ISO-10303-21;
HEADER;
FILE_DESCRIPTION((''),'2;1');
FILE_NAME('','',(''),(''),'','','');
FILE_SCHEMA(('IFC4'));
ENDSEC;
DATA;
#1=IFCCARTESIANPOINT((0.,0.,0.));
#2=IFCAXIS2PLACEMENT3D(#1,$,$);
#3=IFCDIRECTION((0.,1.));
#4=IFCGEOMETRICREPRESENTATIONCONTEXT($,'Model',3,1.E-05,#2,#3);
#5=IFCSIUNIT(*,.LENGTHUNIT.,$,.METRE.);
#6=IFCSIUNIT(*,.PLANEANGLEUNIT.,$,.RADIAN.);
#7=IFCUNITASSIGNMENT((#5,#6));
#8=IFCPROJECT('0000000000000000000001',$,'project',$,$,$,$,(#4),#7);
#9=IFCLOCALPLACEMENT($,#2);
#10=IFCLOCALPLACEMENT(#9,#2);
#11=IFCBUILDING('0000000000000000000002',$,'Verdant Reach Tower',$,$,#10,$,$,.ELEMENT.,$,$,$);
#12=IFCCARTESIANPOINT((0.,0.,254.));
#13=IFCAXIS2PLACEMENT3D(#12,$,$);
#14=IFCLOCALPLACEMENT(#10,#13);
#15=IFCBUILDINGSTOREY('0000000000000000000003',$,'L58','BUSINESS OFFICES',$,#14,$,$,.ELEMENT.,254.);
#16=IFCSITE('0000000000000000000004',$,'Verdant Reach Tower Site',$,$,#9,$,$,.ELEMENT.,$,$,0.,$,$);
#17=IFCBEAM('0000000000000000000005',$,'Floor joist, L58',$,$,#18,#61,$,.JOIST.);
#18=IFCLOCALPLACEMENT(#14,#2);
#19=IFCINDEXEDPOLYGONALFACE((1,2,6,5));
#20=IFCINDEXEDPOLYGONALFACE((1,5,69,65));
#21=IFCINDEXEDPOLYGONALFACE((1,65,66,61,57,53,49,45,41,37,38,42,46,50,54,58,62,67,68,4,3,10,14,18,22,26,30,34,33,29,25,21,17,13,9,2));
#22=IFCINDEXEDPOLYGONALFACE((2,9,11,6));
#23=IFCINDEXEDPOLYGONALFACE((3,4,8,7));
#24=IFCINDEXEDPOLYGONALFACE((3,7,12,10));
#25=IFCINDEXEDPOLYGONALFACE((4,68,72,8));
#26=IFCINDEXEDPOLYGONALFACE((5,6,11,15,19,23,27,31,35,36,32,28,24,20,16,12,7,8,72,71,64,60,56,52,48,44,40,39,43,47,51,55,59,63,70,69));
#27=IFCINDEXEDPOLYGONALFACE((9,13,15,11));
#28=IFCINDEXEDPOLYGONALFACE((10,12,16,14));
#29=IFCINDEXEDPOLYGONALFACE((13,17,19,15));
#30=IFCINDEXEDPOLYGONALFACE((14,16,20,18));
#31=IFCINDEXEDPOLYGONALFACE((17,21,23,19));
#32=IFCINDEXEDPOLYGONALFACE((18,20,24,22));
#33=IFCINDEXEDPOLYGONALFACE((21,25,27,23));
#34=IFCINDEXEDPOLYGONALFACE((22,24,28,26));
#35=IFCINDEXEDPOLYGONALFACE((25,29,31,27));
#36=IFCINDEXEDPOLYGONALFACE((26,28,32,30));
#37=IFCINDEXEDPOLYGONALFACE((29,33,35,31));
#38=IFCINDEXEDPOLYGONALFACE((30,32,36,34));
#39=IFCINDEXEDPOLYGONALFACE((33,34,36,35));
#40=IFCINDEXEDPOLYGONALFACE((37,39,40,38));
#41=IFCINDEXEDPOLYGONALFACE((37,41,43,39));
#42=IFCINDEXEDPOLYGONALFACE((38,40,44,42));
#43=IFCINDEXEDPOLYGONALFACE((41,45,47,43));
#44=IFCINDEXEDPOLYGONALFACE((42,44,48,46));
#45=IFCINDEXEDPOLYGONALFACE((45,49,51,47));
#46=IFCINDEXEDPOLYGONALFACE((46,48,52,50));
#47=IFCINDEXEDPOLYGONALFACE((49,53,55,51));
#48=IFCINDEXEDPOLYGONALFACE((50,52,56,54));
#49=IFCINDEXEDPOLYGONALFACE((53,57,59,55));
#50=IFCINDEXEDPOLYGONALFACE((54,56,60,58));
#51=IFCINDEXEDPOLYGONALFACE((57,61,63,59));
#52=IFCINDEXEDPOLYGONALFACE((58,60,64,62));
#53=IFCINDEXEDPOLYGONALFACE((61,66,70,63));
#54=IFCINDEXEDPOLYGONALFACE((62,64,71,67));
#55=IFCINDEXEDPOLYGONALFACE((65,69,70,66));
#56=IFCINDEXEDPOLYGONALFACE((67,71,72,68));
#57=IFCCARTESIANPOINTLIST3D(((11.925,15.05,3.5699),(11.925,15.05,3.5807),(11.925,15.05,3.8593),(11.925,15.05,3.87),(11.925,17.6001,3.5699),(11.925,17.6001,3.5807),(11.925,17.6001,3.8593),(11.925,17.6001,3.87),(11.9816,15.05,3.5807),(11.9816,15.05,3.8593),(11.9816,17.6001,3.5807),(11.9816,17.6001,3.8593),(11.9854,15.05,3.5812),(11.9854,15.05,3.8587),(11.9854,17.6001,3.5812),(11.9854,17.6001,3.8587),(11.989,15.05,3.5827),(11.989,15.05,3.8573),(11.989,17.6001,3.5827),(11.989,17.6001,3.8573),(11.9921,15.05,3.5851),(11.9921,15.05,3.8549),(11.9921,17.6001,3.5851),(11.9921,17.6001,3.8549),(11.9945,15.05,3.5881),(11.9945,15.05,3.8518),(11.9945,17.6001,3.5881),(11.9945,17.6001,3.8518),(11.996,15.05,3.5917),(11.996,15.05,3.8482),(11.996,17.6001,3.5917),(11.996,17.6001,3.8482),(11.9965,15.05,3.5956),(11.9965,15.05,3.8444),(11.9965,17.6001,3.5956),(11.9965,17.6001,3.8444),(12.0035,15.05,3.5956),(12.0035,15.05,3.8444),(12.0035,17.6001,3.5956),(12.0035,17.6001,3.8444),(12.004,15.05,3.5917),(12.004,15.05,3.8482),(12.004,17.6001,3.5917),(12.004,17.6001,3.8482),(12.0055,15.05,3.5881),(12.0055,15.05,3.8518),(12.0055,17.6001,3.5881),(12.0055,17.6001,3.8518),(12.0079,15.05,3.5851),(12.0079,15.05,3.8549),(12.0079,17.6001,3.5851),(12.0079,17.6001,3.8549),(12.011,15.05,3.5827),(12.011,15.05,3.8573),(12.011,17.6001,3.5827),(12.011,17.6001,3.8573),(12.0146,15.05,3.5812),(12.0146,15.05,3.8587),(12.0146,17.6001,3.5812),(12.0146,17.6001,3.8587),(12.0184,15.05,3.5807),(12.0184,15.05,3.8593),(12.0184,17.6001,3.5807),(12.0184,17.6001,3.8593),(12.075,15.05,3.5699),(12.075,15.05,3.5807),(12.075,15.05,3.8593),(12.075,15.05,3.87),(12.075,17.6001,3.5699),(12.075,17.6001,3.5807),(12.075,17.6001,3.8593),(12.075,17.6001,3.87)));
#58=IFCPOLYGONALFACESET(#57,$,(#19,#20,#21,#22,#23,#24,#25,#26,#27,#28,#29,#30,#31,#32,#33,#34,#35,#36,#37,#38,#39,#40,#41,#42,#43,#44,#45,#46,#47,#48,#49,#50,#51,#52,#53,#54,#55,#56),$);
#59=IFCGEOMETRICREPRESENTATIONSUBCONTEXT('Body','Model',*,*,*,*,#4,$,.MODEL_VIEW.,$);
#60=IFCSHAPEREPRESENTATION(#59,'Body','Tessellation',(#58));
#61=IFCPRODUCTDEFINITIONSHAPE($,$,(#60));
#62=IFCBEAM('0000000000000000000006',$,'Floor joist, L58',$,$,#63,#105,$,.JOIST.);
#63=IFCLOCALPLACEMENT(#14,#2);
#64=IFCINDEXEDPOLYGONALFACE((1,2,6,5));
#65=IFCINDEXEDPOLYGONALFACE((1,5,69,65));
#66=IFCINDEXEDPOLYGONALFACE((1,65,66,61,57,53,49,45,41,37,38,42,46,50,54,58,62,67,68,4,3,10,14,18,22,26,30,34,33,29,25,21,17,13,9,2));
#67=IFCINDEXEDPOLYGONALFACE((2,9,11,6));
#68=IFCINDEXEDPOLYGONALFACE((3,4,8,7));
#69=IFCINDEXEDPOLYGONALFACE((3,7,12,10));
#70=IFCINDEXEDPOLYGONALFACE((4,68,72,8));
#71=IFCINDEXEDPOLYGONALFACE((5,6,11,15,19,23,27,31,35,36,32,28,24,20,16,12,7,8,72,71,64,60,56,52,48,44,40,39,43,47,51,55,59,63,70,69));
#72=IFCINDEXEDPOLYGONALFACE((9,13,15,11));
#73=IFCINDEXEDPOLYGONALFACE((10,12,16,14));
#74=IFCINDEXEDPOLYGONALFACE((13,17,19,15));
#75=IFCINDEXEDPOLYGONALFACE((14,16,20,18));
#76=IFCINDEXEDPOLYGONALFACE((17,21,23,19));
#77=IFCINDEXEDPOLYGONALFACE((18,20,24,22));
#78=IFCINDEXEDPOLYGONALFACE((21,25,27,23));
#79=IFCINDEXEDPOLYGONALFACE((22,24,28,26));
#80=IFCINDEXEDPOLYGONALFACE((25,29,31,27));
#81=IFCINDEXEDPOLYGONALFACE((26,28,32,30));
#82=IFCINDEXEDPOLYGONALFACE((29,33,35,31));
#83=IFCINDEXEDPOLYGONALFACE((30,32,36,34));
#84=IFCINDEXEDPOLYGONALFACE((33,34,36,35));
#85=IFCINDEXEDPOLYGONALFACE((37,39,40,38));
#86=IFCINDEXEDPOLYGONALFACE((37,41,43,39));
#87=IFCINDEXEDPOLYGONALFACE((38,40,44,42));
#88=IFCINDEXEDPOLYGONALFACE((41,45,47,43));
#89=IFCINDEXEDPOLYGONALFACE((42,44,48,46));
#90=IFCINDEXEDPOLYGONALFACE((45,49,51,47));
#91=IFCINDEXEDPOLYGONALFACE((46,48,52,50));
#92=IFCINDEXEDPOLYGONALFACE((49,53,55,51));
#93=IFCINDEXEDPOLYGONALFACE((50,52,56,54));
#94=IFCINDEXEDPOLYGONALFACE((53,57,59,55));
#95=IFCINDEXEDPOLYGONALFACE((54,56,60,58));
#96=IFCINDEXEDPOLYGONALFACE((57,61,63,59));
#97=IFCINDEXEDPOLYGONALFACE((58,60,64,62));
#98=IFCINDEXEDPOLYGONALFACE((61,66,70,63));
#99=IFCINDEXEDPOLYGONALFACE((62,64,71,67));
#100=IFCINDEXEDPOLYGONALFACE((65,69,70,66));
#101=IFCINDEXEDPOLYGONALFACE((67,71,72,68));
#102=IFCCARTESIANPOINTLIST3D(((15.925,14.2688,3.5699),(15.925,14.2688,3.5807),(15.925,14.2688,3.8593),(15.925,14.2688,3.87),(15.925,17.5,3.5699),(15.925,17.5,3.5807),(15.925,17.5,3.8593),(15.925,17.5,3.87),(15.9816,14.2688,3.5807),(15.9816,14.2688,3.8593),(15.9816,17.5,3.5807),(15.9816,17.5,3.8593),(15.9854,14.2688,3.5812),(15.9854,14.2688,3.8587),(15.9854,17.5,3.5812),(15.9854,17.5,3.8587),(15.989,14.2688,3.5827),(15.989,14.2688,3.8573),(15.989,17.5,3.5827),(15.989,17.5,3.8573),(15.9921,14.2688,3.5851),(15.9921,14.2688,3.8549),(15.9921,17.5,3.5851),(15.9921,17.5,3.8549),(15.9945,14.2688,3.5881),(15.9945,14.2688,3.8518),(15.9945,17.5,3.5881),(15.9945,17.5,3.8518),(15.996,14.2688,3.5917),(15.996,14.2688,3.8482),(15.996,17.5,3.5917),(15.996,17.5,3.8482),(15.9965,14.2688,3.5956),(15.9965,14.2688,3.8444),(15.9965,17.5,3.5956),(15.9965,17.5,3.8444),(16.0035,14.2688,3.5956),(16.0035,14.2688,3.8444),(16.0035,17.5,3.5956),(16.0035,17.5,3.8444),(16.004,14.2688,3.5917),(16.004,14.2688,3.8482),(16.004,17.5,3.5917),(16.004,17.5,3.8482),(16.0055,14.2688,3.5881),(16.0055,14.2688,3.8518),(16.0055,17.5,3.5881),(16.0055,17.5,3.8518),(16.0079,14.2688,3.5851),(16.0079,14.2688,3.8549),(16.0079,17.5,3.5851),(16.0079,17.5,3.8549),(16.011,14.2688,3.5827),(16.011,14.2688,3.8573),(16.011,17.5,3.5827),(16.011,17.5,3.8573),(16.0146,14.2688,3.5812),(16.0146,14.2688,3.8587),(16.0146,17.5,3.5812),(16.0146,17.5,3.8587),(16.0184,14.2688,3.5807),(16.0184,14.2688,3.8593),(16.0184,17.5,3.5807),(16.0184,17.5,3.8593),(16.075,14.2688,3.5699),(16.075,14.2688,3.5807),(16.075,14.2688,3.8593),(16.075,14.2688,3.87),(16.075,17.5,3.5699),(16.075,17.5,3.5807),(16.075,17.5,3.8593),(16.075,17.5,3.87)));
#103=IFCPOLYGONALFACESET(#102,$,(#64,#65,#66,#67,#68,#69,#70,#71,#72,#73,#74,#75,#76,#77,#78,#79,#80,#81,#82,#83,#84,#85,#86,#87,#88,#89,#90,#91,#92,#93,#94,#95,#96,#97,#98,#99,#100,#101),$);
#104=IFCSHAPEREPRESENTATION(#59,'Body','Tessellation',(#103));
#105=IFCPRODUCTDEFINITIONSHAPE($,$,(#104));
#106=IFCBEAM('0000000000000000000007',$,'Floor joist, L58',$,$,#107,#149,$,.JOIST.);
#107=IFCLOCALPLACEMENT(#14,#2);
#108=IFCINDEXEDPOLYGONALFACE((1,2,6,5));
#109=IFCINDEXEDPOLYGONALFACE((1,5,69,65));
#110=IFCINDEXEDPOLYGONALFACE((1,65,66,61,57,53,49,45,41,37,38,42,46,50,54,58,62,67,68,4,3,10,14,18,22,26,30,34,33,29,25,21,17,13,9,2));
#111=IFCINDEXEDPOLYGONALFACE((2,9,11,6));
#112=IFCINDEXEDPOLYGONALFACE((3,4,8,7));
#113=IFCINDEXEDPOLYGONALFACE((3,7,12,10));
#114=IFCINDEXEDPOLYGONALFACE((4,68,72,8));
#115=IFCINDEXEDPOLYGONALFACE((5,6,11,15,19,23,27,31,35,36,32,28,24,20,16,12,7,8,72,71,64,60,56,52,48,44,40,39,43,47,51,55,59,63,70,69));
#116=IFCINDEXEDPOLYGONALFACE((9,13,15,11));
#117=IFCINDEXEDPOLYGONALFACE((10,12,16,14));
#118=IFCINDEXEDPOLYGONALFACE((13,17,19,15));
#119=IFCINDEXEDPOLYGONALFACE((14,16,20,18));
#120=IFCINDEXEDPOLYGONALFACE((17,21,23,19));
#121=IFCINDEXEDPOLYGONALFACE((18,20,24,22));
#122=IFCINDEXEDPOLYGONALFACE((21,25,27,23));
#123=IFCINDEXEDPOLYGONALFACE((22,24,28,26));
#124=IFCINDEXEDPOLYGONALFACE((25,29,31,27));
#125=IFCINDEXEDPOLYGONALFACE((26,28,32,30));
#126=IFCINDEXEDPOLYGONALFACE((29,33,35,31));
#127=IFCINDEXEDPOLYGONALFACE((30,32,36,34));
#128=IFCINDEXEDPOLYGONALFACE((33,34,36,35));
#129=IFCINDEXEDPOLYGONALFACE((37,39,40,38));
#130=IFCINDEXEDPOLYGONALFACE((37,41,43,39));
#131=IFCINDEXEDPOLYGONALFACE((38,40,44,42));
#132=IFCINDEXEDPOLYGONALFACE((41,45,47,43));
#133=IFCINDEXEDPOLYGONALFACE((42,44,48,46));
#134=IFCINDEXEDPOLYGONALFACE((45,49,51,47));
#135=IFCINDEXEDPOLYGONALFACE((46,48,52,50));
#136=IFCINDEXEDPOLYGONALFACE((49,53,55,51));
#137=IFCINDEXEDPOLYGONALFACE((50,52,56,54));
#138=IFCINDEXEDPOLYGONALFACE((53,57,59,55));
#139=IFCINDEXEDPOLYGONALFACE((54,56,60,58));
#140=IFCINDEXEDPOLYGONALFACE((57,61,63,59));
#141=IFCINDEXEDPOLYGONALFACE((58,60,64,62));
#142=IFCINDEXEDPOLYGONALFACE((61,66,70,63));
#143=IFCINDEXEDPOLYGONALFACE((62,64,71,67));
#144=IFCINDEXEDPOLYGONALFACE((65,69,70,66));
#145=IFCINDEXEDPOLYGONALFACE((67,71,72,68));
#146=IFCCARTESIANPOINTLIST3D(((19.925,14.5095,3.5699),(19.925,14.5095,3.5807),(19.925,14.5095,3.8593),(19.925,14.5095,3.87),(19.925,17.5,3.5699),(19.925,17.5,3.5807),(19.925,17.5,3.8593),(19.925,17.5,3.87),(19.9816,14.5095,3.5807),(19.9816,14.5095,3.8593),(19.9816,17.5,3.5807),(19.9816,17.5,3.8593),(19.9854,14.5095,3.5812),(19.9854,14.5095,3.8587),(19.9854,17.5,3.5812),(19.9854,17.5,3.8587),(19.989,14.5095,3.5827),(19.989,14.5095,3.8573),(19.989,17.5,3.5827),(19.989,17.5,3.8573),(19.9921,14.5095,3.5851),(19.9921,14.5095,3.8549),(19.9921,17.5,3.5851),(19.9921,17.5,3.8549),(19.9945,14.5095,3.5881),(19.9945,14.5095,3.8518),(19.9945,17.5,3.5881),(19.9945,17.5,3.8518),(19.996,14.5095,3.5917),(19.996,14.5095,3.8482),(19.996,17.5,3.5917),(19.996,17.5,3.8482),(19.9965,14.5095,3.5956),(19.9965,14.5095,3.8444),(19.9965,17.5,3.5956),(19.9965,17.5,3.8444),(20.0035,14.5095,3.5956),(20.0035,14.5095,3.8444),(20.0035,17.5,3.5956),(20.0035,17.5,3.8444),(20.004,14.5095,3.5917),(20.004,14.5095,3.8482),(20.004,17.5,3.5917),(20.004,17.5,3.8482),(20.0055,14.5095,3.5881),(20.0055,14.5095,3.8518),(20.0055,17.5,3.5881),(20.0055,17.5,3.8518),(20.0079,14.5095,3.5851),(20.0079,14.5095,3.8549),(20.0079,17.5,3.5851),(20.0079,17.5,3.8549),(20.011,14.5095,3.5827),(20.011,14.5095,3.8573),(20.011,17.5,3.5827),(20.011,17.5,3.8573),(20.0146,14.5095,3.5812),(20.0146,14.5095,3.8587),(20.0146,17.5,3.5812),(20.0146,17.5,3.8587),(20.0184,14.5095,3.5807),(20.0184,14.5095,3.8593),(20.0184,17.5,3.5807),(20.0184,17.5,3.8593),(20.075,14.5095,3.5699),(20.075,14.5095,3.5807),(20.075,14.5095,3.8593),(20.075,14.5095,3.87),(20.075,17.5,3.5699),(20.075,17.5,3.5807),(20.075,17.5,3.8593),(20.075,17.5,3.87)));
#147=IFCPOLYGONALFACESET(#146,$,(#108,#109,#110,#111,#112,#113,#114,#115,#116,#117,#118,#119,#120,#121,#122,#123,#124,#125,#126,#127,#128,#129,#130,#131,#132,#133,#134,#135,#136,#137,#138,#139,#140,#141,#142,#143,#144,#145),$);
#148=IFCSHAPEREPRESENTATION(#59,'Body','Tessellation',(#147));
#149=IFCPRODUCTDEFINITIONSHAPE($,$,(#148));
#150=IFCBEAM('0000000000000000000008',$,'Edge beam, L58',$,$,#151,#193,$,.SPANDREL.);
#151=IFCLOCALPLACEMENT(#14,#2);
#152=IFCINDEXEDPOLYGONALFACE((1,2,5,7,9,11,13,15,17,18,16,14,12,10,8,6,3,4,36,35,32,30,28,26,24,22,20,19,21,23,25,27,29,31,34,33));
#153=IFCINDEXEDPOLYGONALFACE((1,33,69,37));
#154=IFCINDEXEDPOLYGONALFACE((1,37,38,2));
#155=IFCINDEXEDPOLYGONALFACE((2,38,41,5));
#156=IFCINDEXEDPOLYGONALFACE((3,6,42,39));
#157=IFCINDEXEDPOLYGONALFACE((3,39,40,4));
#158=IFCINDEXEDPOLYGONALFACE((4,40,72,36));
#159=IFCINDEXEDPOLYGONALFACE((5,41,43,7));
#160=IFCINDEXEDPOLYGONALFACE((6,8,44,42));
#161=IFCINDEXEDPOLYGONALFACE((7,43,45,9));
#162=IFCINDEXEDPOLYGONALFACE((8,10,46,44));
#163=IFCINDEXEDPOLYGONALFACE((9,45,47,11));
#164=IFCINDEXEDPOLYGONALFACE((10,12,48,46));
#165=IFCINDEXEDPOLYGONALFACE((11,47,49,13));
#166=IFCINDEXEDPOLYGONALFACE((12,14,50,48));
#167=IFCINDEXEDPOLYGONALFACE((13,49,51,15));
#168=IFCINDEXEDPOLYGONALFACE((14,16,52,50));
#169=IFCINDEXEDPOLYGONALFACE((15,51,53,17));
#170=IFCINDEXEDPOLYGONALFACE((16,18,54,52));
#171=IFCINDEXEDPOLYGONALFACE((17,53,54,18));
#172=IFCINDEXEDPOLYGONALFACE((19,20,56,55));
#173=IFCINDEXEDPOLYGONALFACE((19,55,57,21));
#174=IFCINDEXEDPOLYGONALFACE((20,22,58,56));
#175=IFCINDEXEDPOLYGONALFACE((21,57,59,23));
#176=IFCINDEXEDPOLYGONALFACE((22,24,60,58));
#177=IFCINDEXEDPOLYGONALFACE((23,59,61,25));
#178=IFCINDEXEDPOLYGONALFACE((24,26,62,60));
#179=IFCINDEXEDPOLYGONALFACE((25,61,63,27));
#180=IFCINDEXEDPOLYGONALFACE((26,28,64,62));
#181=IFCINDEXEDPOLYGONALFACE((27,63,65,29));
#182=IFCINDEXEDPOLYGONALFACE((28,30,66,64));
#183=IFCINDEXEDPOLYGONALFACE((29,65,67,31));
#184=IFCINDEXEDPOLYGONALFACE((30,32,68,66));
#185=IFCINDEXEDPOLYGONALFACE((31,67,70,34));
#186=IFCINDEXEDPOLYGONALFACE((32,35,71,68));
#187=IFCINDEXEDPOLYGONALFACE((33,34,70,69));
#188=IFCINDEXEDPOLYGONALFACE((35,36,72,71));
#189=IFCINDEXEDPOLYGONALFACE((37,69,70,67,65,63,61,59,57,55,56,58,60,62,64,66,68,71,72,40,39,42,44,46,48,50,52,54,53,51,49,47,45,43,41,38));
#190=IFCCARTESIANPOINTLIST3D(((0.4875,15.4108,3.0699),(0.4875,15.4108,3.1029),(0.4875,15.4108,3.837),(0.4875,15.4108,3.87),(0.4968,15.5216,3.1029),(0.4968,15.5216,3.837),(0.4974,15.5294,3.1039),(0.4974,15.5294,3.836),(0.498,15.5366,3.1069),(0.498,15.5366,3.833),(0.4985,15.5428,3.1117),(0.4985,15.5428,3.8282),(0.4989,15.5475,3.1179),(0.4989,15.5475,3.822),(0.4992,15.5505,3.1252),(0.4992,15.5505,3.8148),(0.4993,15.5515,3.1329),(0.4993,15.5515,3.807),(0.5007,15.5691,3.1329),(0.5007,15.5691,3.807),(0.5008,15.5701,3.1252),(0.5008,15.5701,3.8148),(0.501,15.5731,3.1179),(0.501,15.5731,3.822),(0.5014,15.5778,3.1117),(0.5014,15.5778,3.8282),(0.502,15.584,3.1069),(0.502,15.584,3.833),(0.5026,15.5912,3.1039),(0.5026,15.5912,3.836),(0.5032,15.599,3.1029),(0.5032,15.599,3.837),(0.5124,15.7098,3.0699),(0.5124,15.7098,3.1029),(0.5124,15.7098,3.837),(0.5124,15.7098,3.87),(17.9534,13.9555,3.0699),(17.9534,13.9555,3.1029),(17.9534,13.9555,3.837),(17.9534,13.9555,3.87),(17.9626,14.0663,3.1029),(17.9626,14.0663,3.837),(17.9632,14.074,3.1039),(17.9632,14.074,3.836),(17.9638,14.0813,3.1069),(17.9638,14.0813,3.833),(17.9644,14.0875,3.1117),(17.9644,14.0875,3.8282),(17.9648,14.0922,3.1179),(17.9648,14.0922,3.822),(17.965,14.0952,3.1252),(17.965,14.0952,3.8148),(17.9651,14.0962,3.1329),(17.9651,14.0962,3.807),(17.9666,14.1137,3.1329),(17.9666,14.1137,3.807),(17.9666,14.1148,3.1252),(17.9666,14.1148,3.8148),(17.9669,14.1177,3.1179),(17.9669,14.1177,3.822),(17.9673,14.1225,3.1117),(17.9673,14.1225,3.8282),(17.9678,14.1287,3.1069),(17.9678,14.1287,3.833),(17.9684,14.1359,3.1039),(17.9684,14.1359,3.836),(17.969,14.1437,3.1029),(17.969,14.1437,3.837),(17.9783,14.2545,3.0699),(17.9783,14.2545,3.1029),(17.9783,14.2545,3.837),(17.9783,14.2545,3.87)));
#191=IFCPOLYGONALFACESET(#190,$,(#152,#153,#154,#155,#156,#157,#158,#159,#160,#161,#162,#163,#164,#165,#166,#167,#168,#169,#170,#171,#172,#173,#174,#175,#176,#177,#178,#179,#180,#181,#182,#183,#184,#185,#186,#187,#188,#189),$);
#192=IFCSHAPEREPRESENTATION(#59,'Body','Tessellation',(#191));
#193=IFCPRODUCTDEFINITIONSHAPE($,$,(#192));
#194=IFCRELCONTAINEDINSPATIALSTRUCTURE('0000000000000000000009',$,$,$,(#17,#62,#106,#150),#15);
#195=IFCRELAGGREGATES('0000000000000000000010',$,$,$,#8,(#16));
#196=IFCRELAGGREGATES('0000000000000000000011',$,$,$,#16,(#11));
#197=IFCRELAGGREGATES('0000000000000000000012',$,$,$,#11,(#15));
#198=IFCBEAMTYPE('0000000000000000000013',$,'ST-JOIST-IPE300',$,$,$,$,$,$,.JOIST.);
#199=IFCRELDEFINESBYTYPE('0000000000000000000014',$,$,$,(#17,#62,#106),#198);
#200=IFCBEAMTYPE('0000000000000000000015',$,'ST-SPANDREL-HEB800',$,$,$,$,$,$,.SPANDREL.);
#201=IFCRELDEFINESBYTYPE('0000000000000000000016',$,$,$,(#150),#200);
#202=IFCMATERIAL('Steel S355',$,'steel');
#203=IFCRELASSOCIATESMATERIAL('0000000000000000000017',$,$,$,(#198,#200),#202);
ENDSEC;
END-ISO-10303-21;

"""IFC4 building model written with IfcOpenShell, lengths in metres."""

from ifc_helpers import new_model, si_unit, direction, frame, origin, origin_2d, place, context, subcontext, project, spatial, i_section, extrude, material, material_profile, profile_set, type_object, element, save


model = new_model("IFC4")

# Units and contexts
model_context = context("Model", 3, precision=1e-05, world=origin(), true_north=direction((0.0, 1.0)))
body_context = subcontext(model_context, "Body", "Model", "MODEL_VIEW")
ifc_project = project(units=[si_unit("LENGTHUNIT", "METRE"), si_unit("PLANEANGLEUNIT", "RADIAN")], contexts=[model_context])

# Site, building, storey
site_placement = place(None, origin())
site = spatial("IfcSite", under=ifc_project, at=site_placement, Name="Verdant Reach Tower Site", CompositionType="ELEMENT", RefElevation=0.0)
building_placement = place(site_placement, origin())
building = spatial("IfcBuilding", under=site, at=building_placement, Name="Verdant Reach Tower", CompositionType="ELEMENT")
storey_placement = place(building_placement, frame((0.0, 0.0, 254.0)))
storey = spatial("IfcBuildingStorey", under=building, at=storey_placement, Name="L58", Description="BUSINESS OFFICES", CompositionType="ELEMENT", Elevation=254.0)

# Beams
ifc_material_1 = material(Name="Steel S355", Category="steel")
ifc_material_profile_1 = material_profile(ifc_material_1, i_section(OverallWidth=0.1499, OverallDepth=0.3, WebThickness=0.0071, FlangeThickness=0.0107, FilletRadius=0.0149, at=origin_2d()), Name="IPE 300")
ifc_profile_set_1 = profile_set([ifc_material_profile_1], Name="Steel S355")
beam_type_1 = type_object("IfcBeamType", Name="ST-JOIST-IPE300", PredefinedType="JOIST", material=ifc_profile_set_1)
beam_1_placement = place(storey_placement, frame((12.0, 17.6001, 3.72), z_axis=(0.0, -1.0, 0.0), x_axis=(1.0, 0.0, 0.0)))
element("IfcBeam", 1, at=beam_1_placement, inside=storey, type_object=beam_type_1, Name="Floor joist, L58", PredefinedType="JOIST", context=body_context, shape_type="SweptSolid", body=[
    extrude(i_section(OverallWidth=0.1499, OverallDepth=0.3, WebThickness=0.0071, FlangeThickness=0.0107, FilletRadius=0.0149, at=origin_2d()), origin(), (0.0, 0.0, 1.0), 2.55),
])
beam_2_placement = place(storey_placement, frame((16.0, 17.5, 3.72), z_axis=(0.0, -1.0, 0.0), x_axis=(1.0, 0.0, 0.0)))
element("IfcBeam", 2, at=beam_2_placement, inside=storey, type_object=beam_type_1, Name="Floor joist, L58", PredefinedType="JOIST", context=body_context, shape_type="SweptSolid", body=[
    extrude(i_section(OverallWidth=0.1499, OverallDepth=0.3, WebThickness=0.0071, FlangeThickness=0.0107, FilletRadius=0.0149, at=origin_2d()), origin(), (0.0, 0.0, 1.0), 3.2312),
])
beam_3_placement = place(storey_placement, frame((20.0, 17.5, 3.72), z_axis=(0.0, -1.0, 0.0), x_axis=(1.0, 0.0, 0.0)))
element("IfcBeam", 3, at=beam_3_placement, inside=storey, type_object=beam_type_1, Name="Floor joist, L58", PredefinedType="JOIST", context=body_context, shape_type="SweptSolid", body=[
    extrude(i_section(OverallWidth=0.1499, OverallDepth=0.3, WebThickness=0.0071, FlangeThickness=0.0107, FilletRadius=0.0149, at=origin_2d()), origin(), (0.0, 0.0, 1.0), 2.9905),
])
ifc_material_profile_2 = material_profile(ifc_material_1, i_section(OverallWidth=0.3, OverallDepth=0.8, WebThickness=0.0176, FlangeThickness=0.033, FilletRadius=0.03, at=origin_2d()), Name="HEB 800")
ifc_profile_set_2 = profile_set([ifc_material_profile_2], Name="Steel S355")
beam_type_2 = type_object("IfcBeamType", Name="ST-SPANDREL-HEB800", PredefinedType="SPANDREL", material=ifc_profile_set_2)
beam_4_placement = place(storey_placement, frame((17.9658, 14.105, 3.47), z_axis=(-0.996547, 0.083036, 0.0), x_axis=(-0.083036, -0.996547, 0.0)))
element("IfcBeam", 4, at=beam_4_placement, inside=storey, type_object=beam_type_2, Name="Edge beam, L58", PredefinedType="SPANDREL", context=body_context, shape_type="SweptSolid", body=[
    extrude(i_section(OverallWidth=0.3, OverallDepth=0.8, WebThickness=0.0176, FlangeThickness=0.033, FilletRadius=0.03, at=origin_2d()), origin(), (0.0, 0.0, 1.0), 17.5264),
])

save(model, "model.ifc")
